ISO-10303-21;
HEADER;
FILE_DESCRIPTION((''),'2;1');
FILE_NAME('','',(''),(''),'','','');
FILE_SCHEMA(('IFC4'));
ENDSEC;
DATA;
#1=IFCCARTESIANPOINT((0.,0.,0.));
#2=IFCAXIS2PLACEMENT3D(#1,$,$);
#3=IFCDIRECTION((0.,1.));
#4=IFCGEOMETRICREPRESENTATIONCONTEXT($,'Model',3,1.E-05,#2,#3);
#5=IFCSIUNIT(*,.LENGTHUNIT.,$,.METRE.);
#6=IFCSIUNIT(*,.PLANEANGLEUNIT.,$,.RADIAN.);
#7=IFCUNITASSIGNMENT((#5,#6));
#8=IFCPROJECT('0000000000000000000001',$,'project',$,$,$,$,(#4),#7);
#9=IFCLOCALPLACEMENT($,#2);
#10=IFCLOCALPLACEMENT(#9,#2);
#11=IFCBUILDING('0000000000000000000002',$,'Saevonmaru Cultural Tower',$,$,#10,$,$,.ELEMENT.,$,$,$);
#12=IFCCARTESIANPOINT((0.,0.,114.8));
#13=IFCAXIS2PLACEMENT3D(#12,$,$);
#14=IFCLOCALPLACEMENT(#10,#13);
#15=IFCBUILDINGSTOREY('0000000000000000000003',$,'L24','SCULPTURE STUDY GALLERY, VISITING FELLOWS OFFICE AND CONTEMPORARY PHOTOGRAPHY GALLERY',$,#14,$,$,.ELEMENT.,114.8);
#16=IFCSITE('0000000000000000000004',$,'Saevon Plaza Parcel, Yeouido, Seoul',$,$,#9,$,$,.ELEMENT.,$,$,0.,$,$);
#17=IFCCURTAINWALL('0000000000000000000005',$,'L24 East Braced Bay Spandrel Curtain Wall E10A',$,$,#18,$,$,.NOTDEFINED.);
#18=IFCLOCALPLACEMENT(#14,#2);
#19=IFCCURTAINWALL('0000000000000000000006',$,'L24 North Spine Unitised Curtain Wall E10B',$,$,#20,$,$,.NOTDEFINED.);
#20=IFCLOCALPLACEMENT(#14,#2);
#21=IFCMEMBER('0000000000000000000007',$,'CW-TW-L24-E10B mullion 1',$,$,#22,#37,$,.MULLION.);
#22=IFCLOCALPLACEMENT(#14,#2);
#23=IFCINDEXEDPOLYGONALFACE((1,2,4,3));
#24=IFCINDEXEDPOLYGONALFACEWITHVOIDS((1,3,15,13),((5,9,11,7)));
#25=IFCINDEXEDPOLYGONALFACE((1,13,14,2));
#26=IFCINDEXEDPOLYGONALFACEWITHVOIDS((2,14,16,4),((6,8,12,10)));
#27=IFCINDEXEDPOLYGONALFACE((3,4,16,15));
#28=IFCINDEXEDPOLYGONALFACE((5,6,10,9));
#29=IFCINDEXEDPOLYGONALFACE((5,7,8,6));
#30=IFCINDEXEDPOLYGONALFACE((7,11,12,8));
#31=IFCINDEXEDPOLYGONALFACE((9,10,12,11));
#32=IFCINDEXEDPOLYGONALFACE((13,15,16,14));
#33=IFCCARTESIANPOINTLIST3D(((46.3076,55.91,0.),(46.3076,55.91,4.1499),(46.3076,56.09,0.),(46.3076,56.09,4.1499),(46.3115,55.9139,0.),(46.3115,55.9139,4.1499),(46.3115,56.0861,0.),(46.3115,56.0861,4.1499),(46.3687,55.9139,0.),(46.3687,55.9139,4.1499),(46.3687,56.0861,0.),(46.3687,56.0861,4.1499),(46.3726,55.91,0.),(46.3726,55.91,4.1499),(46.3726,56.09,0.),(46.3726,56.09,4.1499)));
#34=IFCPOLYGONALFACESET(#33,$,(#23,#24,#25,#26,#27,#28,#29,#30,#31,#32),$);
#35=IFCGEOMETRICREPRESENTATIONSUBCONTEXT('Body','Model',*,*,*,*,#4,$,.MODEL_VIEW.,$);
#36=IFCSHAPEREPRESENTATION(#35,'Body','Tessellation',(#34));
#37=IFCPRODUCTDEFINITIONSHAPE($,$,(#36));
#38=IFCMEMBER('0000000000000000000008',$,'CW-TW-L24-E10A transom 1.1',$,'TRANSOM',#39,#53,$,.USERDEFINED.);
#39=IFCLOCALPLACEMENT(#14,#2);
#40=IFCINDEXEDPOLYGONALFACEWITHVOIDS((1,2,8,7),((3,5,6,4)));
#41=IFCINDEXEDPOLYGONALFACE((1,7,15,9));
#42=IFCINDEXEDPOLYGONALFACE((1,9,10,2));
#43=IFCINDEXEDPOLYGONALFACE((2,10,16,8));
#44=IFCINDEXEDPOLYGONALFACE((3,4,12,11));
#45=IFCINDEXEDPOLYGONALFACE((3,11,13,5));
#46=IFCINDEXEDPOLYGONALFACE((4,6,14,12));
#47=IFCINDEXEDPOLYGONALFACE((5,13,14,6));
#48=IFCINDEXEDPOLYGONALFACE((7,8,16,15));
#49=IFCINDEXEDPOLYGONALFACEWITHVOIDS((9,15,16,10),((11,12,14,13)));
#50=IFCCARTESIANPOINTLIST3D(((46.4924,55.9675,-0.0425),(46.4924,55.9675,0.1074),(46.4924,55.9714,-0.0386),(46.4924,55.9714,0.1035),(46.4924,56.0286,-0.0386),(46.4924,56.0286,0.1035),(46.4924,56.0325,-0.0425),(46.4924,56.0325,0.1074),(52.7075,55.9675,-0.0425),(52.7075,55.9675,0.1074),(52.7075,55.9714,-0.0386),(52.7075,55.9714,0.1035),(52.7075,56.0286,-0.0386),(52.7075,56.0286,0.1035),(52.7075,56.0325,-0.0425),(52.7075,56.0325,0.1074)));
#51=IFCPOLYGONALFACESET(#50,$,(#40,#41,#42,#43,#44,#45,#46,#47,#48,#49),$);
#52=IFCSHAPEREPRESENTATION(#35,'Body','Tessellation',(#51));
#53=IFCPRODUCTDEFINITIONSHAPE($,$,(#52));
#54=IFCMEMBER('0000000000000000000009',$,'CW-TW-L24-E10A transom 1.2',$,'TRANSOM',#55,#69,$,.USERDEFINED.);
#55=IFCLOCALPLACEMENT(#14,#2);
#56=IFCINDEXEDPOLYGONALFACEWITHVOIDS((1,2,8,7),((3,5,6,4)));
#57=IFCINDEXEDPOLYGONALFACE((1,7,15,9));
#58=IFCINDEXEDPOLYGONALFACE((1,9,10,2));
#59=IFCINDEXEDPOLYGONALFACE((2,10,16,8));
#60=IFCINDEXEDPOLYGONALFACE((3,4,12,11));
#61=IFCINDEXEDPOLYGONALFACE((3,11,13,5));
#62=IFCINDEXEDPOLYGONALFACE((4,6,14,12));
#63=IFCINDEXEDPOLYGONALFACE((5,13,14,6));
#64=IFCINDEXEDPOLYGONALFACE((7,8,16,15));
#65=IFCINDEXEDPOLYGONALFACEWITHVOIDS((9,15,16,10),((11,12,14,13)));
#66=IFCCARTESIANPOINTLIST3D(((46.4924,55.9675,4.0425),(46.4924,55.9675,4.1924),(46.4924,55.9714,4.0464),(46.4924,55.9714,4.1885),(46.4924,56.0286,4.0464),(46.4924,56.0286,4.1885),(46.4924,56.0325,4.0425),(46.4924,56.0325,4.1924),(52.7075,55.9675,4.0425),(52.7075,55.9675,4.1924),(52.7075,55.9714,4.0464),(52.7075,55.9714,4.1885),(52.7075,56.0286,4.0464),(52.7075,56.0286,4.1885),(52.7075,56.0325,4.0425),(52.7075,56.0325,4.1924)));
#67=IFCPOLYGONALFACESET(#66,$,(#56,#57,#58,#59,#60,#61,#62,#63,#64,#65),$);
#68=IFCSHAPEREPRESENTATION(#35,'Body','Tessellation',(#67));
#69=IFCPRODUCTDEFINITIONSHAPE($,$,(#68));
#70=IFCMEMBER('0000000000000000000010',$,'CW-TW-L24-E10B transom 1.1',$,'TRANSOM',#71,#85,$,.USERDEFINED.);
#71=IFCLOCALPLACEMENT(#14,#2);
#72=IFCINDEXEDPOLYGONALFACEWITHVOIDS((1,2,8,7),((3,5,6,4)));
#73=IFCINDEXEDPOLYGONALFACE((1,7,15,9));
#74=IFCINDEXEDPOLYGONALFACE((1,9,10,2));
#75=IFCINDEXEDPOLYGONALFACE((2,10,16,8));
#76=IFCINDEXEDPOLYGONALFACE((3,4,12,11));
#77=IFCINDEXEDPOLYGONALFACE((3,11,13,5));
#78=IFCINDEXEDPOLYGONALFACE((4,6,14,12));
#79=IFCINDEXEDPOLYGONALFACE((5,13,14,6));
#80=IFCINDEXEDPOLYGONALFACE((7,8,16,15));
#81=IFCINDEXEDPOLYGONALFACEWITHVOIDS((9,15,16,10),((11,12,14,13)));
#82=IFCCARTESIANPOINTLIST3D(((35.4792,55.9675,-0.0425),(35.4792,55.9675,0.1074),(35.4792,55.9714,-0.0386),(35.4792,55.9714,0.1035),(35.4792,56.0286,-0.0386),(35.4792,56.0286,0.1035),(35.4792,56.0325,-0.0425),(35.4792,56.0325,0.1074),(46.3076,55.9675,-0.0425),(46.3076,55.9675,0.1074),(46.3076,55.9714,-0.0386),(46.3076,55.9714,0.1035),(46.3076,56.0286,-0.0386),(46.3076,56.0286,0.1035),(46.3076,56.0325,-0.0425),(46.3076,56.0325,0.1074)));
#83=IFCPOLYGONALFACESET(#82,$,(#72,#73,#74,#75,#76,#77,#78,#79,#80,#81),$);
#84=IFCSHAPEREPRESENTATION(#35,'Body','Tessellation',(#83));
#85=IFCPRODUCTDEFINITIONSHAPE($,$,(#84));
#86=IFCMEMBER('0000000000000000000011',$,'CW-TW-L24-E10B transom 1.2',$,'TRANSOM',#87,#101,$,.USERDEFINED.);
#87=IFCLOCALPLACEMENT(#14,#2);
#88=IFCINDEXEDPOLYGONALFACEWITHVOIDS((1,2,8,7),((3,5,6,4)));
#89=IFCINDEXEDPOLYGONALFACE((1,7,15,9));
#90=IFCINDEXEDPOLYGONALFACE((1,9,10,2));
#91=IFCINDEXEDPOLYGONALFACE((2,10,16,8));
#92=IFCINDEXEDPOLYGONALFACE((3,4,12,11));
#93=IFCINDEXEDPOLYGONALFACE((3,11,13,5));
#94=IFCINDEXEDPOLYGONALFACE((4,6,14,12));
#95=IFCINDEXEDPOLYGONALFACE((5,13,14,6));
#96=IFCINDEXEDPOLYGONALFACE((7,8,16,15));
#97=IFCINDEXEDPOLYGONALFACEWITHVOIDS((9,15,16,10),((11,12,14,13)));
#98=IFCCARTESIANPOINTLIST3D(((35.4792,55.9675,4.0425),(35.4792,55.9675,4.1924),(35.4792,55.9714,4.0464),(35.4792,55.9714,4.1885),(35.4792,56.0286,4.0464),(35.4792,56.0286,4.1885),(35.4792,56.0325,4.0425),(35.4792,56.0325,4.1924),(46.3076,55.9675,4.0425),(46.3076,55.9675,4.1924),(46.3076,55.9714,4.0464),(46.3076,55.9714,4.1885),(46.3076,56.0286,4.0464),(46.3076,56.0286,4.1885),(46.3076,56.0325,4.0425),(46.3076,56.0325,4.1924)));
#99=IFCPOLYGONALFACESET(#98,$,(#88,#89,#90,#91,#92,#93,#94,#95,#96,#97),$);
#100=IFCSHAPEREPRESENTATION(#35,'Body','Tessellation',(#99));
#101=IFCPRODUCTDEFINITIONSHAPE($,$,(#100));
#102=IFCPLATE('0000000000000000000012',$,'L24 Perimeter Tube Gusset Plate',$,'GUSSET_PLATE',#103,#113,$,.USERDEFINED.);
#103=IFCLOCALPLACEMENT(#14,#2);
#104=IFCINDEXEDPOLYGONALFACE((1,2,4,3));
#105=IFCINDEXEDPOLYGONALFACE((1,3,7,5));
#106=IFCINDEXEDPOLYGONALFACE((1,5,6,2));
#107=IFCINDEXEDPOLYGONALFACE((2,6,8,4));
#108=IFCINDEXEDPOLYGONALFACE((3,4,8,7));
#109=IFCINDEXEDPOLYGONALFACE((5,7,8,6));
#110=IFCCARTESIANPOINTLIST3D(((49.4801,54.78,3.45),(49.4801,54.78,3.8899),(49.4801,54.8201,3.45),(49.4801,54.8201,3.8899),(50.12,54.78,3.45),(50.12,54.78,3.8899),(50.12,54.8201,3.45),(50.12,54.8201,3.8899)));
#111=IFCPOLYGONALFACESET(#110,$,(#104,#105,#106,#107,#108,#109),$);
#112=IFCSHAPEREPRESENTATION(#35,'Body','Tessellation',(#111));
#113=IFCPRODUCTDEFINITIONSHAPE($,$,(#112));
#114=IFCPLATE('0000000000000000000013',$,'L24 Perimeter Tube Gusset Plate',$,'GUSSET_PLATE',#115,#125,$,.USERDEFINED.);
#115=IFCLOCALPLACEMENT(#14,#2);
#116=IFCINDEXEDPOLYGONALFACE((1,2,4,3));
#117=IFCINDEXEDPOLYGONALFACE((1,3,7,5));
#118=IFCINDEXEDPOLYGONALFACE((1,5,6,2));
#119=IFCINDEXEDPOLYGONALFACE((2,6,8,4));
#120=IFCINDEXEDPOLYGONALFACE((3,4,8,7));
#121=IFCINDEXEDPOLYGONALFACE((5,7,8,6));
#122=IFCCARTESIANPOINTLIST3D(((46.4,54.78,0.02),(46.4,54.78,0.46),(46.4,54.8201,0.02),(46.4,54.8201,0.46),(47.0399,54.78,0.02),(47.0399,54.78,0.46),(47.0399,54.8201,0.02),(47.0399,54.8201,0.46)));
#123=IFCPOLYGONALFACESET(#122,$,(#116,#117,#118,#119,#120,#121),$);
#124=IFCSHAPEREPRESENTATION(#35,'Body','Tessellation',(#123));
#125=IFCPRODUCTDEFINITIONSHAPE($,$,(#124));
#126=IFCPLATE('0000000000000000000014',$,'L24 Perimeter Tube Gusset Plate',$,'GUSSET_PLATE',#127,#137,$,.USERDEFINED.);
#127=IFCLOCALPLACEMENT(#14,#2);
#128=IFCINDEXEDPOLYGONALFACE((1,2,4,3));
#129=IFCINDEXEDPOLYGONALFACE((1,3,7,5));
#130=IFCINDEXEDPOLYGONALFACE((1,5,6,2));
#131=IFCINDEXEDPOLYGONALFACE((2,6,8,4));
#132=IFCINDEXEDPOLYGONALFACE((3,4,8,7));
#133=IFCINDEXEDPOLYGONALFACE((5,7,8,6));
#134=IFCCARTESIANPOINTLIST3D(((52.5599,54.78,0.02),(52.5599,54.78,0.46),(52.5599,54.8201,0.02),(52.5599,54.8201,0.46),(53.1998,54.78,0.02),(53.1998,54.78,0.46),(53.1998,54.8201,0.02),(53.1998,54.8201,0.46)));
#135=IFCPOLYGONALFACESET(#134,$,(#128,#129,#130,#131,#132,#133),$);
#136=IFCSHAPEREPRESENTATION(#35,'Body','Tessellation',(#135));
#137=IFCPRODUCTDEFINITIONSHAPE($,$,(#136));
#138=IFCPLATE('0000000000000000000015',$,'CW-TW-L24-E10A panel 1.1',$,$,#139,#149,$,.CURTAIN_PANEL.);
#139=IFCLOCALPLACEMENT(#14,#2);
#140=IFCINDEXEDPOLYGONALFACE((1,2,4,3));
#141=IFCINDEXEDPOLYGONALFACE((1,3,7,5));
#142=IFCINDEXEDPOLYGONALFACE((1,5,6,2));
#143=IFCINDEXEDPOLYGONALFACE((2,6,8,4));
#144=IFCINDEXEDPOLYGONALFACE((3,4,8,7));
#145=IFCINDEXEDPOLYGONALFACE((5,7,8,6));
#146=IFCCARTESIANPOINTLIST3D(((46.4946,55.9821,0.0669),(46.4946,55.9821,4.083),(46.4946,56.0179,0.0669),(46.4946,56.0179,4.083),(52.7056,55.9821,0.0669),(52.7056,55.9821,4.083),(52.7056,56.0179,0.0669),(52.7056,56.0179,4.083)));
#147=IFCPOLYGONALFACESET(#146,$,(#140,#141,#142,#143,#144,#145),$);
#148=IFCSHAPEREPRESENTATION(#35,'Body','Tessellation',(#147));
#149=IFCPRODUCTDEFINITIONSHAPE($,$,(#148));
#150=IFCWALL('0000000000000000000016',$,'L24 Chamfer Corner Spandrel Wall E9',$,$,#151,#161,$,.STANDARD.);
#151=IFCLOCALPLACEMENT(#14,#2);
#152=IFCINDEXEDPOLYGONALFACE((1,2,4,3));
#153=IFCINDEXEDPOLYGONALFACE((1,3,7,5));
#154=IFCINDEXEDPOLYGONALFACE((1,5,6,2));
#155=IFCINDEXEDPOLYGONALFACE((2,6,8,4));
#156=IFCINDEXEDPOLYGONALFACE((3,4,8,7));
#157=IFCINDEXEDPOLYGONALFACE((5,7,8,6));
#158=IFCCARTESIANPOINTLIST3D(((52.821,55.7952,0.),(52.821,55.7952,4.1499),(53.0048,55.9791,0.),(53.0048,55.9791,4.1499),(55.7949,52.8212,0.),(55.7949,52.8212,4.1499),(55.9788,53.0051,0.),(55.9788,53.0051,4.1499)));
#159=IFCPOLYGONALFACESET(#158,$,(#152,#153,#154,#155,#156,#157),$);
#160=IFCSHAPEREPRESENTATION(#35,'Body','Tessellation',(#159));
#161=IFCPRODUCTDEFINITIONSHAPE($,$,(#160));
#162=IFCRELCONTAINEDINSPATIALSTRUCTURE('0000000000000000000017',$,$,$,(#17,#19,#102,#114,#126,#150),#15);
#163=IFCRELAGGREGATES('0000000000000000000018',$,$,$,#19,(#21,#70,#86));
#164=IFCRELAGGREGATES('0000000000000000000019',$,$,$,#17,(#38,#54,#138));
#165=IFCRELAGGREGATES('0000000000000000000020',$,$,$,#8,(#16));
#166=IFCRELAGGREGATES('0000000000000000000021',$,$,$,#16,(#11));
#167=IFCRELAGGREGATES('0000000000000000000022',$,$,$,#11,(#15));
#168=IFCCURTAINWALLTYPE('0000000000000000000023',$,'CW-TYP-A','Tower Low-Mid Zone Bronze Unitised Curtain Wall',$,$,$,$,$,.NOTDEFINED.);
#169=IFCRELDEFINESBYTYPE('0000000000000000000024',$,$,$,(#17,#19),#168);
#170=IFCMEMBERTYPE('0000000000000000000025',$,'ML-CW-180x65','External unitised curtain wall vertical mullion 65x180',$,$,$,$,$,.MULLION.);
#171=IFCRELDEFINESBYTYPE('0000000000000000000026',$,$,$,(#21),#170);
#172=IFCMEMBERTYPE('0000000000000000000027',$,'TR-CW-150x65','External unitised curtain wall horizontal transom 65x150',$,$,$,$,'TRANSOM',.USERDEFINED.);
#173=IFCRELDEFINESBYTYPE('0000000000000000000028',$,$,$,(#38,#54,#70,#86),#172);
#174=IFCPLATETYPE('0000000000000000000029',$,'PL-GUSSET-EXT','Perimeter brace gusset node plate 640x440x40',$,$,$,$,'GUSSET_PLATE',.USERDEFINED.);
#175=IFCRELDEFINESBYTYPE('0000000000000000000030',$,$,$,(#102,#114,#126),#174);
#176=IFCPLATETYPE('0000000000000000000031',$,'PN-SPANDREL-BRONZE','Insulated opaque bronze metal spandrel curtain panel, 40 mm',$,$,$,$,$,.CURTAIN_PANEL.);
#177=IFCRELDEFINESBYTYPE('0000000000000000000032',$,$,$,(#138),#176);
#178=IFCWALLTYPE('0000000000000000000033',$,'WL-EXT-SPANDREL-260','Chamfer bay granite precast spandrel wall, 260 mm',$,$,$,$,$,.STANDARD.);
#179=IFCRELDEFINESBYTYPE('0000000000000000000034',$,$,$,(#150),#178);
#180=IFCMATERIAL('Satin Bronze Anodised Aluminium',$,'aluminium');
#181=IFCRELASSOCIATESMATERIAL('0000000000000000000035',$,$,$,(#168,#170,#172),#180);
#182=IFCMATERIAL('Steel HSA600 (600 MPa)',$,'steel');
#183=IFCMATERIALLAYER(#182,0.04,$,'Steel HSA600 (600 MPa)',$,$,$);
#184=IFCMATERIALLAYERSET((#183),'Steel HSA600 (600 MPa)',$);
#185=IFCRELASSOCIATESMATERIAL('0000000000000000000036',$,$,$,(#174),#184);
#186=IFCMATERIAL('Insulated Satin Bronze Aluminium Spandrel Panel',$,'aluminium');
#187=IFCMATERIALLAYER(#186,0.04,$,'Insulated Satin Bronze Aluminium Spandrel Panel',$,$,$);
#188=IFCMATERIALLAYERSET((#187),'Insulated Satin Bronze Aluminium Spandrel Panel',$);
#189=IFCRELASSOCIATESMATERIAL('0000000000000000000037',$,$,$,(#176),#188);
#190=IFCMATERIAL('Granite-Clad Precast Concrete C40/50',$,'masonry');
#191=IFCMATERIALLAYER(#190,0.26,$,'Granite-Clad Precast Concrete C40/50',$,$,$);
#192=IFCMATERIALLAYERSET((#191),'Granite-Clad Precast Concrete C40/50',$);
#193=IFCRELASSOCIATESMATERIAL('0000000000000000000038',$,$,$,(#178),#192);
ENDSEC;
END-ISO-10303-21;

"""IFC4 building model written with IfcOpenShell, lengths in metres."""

from ifc_helpers import new_model, si_unit, direction, frame, frame_2d, origin, origin_2d, place, context, subcontext, project, spatial, rectangle, hollow_rectangle, extrude, material, layer, layer_set, material_profile, profile_set, type_object, element, aggregate, save


model = new_model("IFC4")

# Units and contexts
model_context = context("Model", 3, precision=1e-05, world=origin(), true_north=direction((0.0, 1.0)))
body_context = subcontext(model_context, "Body", "Model", "MODEL_VIEW")
ifc_project = project(units=[si_unit("LENGTHUNIT", "METRE"), si_unit("PLANEANGLEUNIT", "RADIAN")], contexts=[model_context])

# Site, building, storey
site_placement = place(None, origin())
site = spatial("IfcSite", under=ifc_project, at=site_placement, Name="Saevon Plaza Parcel, Yeouido, Seoul", CompositionType="ELEMENT", RefElevation=0.0)
building_placement = place(site_placement, origin())
building = spatial("IfcBuilding", under=site, at=building_placement, Name="Saevonmaru Cultural Tower", CompositionType="ELEMENT")
storey_placement = place(building_placement, frame((0.0, 0.0, 114.8)))
storey = spatial("IfcBuildingStorey", under=building, at=storey_placement, Name="L24", Description="SCULPTURE STUDY GALLERY, VISITING FELLOWS OFFICE AND CONTEMPORARY PHOTOGRAPHY GALLERY", CompositionType="ELEMENT", Elevation=114.8)

# Shared definitions
ifc_material_1 = material(Name="Steel HSA600 (600 MPa)", Category="steel")

# Shared definitions
ifc_material_2 = material(Name="Satin Bronze Anodised Aluminium", Category="aluminium")
curtain_wall_type = type_object("IfcCurtainWallType", Name="CW-TYP-A", Description="Tower Low-Mid Zone Bronze Unitised Curtain Wall", PredefinedType="NOTDEFINED", material=ifc_material_2)
ifc_material_profile_1 = material_profile(ifc_material_2, hollow_rectangle(XDim=0.0649, YDim=0.1799, WallThickness=0.0039, at=origin_2d()), Name="ALU-MULL-180x65x4")
ifc_profile_set_1 = profile_set([ifc_material_profile_1], Name="Satin Bronze Anodised Aluminium")
member_type_1 = type_object("IfcMemberType", Name="ML-CW-180x65", Description="External unitised curtain wall vertical mullion 65x180", PredefinedType="MULLION", material=ifc_profile_set_1)

# Curtain wall
curtain_wall_1_placement = place(storey_placement, origin())
curtain_wall_1 = element("IfcCurtainWall", 1, at=curtain_wall_1_placement, inside=storey, type_object=curtain_wall_type, Name="L24 East Braced Bay Spandrel Curtain Wall E10A", PredefinedType="NOTDEFINED")

# Curtain wall, member
curtain_wall_2_placement = place(storey_placement, origin())
curtain_wall_2 = element("IfcCurtainWall", 2, at=curtain_wall_2_placement, inside=storey, type_object=curtain_wall_type, Name="L24 North Spine Unitised Curtain Wall E10B", PredefinedType="NOTDEFINED")
member_1_placement = place(storey_placement, frame((46.3401, 56.0, 0.0), z_axis=(0.0, 0.0, 1.0), x_axis=(-1.0, 0.0, 0.0)))
member_1 = element("IfcMember", 3, at=member_1_placement, type_object=member_type_1, Name="CW-TW-L24-E10B mullion 1", PredefinedType="MULLION", context=body_context, shape_type="SweptSolid", body=[
    extrude(hollow_rectangle(XDim=0.0649, YDim=0.1799, WallThickness=0.0039, at=origin_2d()), origin(), (0.0, 0.0, 1.0), 4.1499),
])

# Members
ifc_material_profile_2 = material_profile(ifc_material_2, hollow_rectangle(XDim=0.0649, YDim=0.1499, WallThickness=0.0039, at=origin_2d()), Name="ALU-TRAN-150x65x4")
ifc_profile_set_2 = profile_set([ifc_material_profile_2], Name="Satin Bronze Anodised Aluminium")
member_type_2 = type_object("IfcMemberType", Name="TR-CW-150x65", Description="External unitised curtain wall horizontal transom 65x150", ElementType="TRANSOM", PredefinedType="USERDEFINED", material=ifc_profile_set_2)
member_2_placement = place(storey_placement, frame((52.7075, 56.0, 0.0325), z_axis=(-1.0, 0.0, 0.0), x_axis=(0.0, -1.0, 0.0)))
member_2 = element("IfcMember", 4, at=member_2_placement, type_object=member_type_2, Name="CW-TW-L24-E10A transom 1.1", ObjectType="TRANSOM", PredefinedType="USERDEFINED", context=body_context, shape_type="SweptSolid", body=[
    extrude(hollow_rectangle(XDim=0.0649, YDim=0.1499, WallThickness=0.0039, at=origin_2d()), origin(), (0.0, 0.0, 1.0), 6.2151),
])
member_3_placement = place(storey_placement, frame((52.7075, 56.0, 4.1174), z_axis=(-1.0, 0.0, 0.0), x_axis=(0.0, -1.0, 0.0)))
member_3 = element("IfcMember", 5, at=member_3_placement, type_object=member_type_2, Name="CW-TW-L24-E10A transom 1.2", ObjectType="TRANSOM", PredefinedType="USERDEFINED", context=body_context, shape_type="SweptSolid", body=[
    extrude(hollow_rectangle(XDim=0.0649, YDim=0.1499, WallThickness=0.0039, at=origin_2d()), origin(), (0.0, 0.0, 1.0), 6.2151),
])
member_4_placement = place(storey_placement, frame((46.3076, 56.0, 0.0325), z_axis=(-1.0, 0.0, 0.0), x_axis=(0.0, -1.0, 0.0)))
member_4 = element("IfcMember", 6, at=member_4_placement, type_object=member_type_2, Name="CW-TW-L24-E10B transom 1.1", ObjectType="TRANSOM", PredefinedType="USERDEFINED", context=body_context, shape_type="SweptSolid", body=[
    extrude(hollow_rectangle(XDim=0.0649, YDim=0.1499, WallThickness=0.0039, at=origin_2d()), origin(), (0.0, 0.0, 1.0), 10.8284),
])
member_5_placement = place(storey_placement, frame((46.3076, 56.0, 4.1174), z_axis=(-1.0, 0.0, 0.0), x_axis=(0.0, -1.0, 0.0)))
member_5 = element("IfcMember", 7, at=member_5_placement, type_object=member_type_2, Name="CW-TW-L24-E10B transom 1.2", ObjectType="TRANSOM", PredefinedType="USERDEFINED", context=body_context, shape_type="SweptSolid", body=[
    extrude(hollow_rectangle(XDim=0.0649, YDim=0.1499, WallThickness=0.0039, at=origin_2d()), origin(), (0.0, 0.0, 1.0), 10.8284),
])
aggregate(curtain_wall_2, [member_1, member_4, member_5])

# Plates
ifc_layer_1 = layer(ifc_material_1, 0.04, Name="Steel HSA600 (600 MPa)")
ifc_layer_set_1 = layer_set([ifc_layer_1], Name="Steel HSA600 (600 MPa)")
plate_type_1 = type_object("IfcPlateType", Name="PL-GUSSET-EXT", Description="Perimeter brace gusset node plate 640x440x40", ElementType="GUSSET_PLATE", PredefinedType="USERDEFINED", material=ifc_layer_set_1)
for number, where, z_axis, x_axis, name in (
    (8, (49.8, 54.8, 3.45), (0.0, 0.0, 1.0), (1.0, 0.0, 0.0), "L24 Perimeter Tube Gusset Plate"),
    (9, (46.72, 54.8, 0.02), (0.0, 0.0, 1.0), (1.0, 0.0, 0.0), "L24 Perimeter Tube Gusset Plate"),
    (10, (52.8799, 54.8, 0.02), (0.0, 0.0, 1.0), (1.0, 0.0, 0.0), "L24 Perimeter Tube Gusset Plate"),
):
    element("IfcPlate", number, at=place(storey_placement, frame(where, z_axis=z_axis, x_axis=x_axis)), inside=storey, type_object=plate_type_1, Name=name, ObjectType="GUSSET_PLATE", PredefinedType="USERDEFINED", context=body_context, shape_type="SweptSolid", body=[
        extrude(rectangle(XDim=0.6399, YDim=0.04, at=origin_2d()), origin(), (0.0, 0.0, 1.0), 0.4399),
    ])

# Plate
ifc_material_3 = material(Name="Insulated Satin Bronze Aluminium Spandrel Panel", Category="aluminium")
ifc_layer_2 = layer(ifc_material_3, 0.04, Name="Insulated Satin Bronze Aluminium Spandrel Panel")
ifc_layer_set_2 = layer_set([ifc_layer_2], Name="Insulated Satin Bronze Aluminium Spandrel Panel")
plate_type_2 = type_object("IfcPlateType", Name="PN-SPANDREL-BRONZE", Description="Insulated opaque bronze metal spandrel curtain panel, 40 mm", PredefinedType="CURTAIN_PANEL", material=ifc_layer_set_2)
plate_placement = place(storey_placement, frame((49.6001, 56.0, 0.0669), z_axis=(0.0, 0.0, 1.0), x_axis=(-1.0, 0.0, 0.0)))
plate = element("IfcPlate", 11, at=plate_placement, type_object=plate_type_2, Name="CW-TW-L24-E10A panel 1.1", PredefinedType="CURTAIN_PANEL", context=body_context, shape_type="SweptSolid", body=[
    extrude(rectangle(XDim=6.2109, YDim=0.0359, at=origin_2d()), origin(), (0.0, 0.0, 1.0), 4.0161),
])
aggregate(curtain_wall_1, [member_2, member_3, plate])

# Wall
ifc_material_4 = material(Name="Granite-Clad Precast Concrete C40/50", Category="masonry")
ifc_layer_3 = layer(ifc_material_4, 0.26, Name="Granite-Clad Precast Concrete C40/50")
ifc_layer_set_3 = layer_set([ifc_layer_3], Name="Granite-Clad Precast Concrete C40/50")
wall_type_1 = type_object("IfcWallType", Name="WL-EXT-SPANDREL-260", Description="Chamfer bay granite precast spandrel wall, 260 mm", PredefinedType="STANDARD", material=ifc_layer_set_3)
wall_1_placement = place(storey_placement, frame((55.887, 52.9131, 0.0), z_axis=(0.0, 0.0, 1.0), x_axis=(-0.707107, 0.707107, 0.0)))
element("IfcWall", 12, at=wall_1_placement, inside=storey, type_object=wall_type_1, Name="L24 Chamfer Corner Spandrel Wall E9", PredefinedType="STANDARD", context=body_context, shape_type="SweptSolid", body=[
    extrude(rectangle(XDim=4.2058, YDim=0.26, at=frame_2d((2.103, 0.0))), origin(), (0.0, 0.0, 1.0), 4.1499),
])

save(model, "model.ifc")
